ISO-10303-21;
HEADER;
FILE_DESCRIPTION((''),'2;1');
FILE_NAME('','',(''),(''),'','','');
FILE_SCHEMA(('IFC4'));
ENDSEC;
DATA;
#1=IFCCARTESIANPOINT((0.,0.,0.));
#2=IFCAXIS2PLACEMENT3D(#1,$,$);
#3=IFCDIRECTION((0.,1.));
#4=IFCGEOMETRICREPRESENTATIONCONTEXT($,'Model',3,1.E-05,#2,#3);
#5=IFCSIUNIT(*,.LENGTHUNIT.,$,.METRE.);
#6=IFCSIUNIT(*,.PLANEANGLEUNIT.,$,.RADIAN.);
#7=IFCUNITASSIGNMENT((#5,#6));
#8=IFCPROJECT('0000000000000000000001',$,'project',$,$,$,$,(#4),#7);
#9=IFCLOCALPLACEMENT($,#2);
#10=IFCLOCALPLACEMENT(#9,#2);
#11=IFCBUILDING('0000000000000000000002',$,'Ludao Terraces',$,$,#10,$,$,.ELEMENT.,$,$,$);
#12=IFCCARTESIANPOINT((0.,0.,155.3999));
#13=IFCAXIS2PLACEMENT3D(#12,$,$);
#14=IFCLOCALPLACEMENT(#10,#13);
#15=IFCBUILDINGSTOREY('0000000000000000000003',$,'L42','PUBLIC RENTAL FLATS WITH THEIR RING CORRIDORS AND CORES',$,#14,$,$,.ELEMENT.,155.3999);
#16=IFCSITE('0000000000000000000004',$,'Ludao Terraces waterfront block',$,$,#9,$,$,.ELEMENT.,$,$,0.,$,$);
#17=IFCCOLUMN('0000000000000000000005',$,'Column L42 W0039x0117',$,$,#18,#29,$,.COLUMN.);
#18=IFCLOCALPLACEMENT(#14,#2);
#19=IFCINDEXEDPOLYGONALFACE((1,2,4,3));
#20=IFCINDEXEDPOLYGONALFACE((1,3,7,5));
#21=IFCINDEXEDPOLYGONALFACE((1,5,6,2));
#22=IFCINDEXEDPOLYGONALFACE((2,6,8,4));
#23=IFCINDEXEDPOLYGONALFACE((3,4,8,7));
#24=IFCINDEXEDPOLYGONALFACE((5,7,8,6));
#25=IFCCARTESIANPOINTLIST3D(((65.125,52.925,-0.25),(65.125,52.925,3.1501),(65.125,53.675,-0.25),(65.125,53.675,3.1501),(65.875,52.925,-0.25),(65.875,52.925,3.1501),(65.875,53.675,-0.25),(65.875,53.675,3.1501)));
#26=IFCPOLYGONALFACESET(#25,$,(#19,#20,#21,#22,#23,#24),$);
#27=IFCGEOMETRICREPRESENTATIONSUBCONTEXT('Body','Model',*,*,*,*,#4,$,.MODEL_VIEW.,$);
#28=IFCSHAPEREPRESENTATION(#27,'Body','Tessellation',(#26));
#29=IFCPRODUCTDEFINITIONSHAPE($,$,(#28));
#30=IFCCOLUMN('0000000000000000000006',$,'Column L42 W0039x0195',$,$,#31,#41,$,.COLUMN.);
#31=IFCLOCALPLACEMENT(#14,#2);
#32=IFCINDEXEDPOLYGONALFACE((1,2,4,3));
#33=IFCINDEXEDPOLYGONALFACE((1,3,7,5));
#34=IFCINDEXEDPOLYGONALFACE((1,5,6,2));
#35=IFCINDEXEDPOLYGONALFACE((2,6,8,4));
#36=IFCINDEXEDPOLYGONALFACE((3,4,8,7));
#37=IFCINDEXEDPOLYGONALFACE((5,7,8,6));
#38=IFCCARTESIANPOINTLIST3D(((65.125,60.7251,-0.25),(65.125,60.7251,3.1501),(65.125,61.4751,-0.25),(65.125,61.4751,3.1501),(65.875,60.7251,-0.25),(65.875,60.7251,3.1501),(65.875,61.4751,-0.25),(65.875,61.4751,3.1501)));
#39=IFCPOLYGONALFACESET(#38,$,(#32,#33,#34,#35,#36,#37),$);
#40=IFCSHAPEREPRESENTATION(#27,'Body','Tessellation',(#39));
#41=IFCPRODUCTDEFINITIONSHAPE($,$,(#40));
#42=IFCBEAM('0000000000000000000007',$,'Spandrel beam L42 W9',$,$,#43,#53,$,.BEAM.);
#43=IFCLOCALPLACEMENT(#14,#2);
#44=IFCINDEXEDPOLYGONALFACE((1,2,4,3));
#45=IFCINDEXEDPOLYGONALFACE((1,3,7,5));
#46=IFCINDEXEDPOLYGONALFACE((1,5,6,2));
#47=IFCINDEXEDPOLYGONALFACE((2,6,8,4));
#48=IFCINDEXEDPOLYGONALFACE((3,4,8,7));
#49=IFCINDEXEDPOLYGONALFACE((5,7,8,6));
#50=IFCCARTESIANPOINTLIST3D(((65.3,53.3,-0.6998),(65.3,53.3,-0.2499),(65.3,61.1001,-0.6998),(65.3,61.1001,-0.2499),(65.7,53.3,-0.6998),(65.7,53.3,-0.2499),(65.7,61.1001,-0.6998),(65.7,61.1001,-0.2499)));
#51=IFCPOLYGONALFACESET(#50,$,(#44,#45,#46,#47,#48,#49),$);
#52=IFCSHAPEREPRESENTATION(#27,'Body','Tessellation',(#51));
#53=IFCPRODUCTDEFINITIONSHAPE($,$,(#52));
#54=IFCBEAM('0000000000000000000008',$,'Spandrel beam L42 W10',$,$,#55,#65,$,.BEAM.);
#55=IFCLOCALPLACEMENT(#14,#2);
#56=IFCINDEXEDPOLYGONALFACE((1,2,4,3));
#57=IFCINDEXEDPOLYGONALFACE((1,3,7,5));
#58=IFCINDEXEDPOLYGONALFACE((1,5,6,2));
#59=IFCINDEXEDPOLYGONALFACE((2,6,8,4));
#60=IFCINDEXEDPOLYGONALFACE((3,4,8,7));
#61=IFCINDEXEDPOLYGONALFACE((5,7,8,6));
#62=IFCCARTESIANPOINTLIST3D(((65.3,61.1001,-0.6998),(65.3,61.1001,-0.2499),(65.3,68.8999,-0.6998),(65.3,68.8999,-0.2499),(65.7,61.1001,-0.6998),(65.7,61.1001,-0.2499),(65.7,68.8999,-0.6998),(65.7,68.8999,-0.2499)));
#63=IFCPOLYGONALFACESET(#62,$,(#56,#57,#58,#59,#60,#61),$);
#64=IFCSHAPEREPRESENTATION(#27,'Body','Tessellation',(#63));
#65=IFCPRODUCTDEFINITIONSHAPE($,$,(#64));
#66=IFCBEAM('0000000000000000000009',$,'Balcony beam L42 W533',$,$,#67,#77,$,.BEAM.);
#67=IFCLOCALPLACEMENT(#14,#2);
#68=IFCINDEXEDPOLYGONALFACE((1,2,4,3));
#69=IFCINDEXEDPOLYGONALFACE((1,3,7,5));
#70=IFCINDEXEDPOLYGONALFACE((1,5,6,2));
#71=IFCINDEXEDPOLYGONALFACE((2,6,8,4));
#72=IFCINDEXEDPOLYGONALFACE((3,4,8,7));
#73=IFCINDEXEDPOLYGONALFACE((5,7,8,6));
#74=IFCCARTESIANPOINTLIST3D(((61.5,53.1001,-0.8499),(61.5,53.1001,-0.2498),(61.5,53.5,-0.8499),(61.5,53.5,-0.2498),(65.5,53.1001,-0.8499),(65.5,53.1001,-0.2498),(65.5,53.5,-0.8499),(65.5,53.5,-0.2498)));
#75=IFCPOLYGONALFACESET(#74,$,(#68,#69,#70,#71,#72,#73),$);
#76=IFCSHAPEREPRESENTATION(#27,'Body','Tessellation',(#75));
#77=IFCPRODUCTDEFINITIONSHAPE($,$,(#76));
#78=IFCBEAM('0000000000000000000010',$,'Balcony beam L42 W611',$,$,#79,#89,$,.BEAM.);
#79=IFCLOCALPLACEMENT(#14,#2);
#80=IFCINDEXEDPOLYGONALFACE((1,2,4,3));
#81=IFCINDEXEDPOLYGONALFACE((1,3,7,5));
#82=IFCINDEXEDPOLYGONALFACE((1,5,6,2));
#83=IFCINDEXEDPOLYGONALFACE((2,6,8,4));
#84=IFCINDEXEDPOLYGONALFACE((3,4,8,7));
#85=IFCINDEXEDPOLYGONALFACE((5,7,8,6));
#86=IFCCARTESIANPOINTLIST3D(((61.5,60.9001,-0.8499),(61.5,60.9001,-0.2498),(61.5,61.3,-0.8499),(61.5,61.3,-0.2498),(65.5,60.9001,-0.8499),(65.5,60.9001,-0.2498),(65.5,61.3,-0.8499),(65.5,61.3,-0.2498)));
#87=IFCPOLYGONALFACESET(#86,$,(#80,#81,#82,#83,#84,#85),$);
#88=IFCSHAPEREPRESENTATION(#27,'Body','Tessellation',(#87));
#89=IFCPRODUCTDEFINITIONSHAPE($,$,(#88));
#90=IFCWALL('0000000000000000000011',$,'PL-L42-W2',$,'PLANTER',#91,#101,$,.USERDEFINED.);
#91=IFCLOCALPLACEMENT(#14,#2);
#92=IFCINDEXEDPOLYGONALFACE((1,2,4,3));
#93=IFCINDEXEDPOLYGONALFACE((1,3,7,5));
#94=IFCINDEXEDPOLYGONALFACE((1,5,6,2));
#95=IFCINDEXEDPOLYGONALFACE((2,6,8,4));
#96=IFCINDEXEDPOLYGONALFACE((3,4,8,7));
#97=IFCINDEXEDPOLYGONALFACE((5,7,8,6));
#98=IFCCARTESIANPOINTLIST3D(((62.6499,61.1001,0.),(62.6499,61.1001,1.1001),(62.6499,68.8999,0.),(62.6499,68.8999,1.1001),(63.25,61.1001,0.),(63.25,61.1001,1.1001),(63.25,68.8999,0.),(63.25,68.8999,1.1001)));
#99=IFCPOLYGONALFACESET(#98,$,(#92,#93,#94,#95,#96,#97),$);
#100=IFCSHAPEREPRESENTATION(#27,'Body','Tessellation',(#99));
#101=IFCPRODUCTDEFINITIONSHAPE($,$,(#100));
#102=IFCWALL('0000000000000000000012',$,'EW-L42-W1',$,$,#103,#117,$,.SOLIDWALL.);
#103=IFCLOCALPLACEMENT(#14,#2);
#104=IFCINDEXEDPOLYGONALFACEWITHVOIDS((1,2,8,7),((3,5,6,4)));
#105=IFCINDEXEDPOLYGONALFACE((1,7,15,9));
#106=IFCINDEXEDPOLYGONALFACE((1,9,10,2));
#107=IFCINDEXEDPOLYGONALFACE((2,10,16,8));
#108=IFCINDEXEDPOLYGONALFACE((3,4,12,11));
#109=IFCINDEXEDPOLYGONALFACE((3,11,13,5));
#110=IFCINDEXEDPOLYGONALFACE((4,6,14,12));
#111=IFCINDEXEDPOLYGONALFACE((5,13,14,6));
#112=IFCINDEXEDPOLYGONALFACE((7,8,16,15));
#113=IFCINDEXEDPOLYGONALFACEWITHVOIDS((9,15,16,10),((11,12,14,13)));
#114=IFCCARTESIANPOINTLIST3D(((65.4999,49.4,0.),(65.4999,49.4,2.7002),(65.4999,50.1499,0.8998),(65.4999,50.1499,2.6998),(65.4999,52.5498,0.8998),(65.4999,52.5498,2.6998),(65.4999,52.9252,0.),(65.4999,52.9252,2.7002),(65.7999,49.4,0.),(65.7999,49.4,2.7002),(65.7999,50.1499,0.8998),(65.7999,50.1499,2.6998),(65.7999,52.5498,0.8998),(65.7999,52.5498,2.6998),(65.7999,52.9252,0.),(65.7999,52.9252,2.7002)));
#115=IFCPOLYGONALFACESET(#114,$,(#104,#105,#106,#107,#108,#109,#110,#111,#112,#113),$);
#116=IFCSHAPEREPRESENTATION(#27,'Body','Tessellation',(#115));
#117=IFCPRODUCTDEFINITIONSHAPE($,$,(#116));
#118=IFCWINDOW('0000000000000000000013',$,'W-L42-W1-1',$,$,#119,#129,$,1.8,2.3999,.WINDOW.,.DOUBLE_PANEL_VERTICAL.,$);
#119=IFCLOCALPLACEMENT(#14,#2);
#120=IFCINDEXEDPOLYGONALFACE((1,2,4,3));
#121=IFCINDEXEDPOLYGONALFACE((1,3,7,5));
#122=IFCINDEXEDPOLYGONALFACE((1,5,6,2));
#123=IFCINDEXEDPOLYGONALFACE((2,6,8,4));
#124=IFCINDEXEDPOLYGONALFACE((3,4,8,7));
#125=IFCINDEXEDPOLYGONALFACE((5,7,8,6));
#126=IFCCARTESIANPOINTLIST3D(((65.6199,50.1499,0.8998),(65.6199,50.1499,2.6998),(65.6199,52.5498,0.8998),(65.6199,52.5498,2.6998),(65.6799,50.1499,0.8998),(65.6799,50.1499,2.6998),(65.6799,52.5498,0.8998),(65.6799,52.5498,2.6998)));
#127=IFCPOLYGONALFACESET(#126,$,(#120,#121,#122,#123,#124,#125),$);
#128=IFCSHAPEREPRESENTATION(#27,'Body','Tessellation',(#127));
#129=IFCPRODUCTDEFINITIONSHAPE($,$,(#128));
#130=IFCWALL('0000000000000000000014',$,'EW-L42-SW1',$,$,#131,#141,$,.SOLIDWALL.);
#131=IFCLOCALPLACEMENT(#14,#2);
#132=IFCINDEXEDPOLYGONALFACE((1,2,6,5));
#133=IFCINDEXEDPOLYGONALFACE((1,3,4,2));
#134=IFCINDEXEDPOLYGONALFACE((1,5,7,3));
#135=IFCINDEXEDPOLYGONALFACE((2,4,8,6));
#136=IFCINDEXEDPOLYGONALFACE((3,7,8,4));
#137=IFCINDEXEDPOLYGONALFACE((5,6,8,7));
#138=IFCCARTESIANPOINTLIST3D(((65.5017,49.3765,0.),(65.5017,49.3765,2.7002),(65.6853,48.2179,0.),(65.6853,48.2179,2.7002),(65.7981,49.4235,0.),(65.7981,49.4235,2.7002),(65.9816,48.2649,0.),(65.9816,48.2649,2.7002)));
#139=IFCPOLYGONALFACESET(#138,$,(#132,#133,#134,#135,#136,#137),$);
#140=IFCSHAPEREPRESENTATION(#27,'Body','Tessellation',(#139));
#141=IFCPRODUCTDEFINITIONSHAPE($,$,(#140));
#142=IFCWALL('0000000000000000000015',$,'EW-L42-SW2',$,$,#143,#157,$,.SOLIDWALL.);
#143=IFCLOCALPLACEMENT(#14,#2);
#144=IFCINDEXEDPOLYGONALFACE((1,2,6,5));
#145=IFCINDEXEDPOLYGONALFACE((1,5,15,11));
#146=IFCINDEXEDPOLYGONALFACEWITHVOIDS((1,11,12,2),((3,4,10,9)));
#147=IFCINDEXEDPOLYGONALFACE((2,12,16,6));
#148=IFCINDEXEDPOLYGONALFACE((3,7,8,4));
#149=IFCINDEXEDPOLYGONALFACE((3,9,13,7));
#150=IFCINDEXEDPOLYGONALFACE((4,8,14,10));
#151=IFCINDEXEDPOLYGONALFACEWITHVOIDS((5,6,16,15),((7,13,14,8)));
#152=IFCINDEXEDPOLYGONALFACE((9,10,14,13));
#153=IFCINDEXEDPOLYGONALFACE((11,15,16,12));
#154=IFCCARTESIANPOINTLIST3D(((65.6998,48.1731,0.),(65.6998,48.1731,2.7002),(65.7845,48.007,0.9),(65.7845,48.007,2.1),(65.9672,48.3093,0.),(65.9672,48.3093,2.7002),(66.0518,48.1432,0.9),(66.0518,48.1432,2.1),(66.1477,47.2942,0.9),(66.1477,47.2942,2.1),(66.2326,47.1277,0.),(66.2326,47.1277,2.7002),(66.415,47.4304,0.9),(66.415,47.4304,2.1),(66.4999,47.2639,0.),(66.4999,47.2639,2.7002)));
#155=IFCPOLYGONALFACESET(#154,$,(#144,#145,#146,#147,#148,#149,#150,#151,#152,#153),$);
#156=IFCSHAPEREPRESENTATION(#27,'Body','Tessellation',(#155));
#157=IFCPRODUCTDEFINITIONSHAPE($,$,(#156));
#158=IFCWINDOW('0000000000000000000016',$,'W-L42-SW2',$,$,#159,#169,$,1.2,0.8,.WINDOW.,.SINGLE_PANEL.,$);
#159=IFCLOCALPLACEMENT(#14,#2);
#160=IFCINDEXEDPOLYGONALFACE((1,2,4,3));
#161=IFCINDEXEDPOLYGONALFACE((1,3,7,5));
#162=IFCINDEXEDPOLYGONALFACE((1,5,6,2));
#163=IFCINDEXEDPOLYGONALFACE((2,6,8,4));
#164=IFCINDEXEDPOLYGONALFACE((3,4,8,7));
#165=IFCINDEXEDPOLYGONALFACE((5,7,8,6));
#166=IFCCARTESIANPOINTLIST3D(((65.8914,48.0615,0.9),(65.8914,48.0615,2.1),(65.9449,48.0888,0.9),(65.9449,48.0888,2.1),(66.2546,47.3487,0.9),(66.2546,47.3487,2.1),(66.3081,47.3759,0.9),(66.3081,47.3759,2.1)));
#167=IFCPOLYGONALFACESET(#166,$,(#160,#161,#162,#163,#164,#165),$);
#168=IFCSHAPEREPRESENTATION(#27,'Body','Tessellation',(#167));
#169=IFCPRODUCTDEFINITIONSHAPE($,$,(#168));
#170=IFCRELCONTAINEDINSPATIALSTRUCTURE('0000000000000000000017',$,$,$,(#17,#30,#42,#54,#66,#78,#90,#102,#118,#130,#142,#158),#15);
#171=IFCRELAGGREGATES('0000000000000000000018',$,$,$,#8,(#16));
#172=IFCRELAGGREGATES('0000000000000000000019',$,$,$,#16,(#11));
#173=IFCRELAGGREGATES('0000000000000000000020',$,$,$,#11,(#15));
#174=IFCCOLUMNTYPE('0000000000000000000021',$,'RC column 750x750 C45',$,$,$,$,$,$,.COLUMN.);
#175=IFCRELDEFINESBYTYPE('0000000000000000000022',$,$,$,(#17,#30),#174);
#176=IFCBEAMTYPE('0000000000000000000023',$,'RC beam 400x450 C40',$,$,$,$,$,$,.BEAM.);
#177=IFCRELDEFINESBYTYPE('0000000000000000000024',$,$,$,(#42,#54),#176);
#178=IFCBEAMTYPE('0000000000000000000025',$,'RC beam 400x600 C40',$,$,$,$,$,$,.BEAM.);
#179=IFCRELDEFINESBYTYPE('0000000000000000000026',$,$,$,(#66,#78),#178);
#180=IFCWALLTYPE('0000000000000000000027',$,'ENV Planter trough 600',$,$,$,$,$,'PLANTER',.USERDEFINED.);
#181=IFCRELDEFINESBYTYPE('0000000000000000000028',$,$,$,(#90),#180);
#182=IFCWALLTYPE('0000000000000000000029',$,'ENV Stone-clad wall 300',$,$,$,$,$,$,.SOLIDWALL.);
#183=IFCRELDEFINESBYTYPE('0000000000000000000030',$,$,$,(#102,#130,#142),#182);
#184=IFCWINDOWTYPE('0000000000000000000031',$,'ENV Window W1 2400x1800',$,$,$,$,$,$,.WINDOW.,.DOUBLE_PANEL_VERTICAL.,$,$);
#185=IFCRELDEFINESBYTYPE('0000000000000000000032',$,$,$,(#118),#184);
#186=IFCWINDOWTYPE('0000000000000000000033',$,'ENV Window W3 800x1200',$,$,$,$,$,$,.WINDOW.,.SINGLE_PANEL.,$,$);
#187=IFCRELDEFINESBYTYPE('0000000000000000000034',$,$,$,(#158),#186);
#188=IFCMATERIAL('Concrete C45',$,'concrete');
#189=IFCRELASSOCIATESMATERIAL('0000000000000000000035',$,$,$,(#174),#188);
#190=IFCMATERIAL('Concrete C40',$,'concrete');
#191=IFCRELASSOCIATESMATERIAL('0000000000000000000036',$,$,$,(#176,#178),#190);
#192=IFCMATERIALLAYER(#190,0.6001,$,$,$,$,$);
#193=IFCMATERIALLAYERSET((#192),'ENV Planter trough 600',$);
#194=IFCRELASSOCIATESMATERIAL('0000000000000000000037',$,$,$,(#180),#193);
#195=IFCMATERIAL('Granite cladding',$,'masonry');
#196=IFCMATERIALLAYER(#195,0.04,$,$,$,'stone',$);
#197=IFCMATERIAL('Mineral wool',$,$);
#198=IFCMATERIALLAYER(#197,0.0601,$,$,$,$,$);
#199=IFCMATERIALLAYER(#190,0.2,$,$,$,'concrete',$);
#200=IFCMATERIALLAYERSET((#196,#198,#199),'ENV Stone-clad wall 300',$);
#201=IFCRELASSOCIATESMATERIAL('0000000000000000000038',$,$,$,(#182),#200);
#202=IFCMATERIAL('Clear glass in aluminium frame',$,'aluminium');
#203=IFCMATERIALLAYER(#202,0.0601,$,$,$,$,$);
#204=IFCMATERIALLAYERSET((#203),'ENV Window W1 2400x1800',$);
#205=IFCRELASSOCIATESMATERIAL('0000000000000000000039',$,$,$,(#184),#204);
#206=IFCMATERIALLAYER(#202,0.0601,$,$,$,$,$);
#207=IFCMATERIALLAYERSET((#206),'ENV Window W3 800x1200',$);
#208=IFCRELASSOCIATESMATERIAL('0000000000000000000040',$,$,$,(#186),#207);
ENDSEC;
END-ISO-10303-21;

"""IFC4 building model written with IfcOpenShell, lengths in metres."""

from ifc_helpers import new_model, si_unit, direction, frame, frame_2d, origin, origin_2d, place, context, subcontext, project, spatial, rectangle, extrude, material, layer, layer_set, material_profile, profile_set, type_object, element, fill, save


model = new_model("IFC4")

# Units and contexts
model_context = context("Model", 3, precision=1e-05, world=origin(), true_north=direction((0.0, 1.0)))
body_context = subcontext(model_context, "Body", "Model", "MODEL_VIEW")
ifc_project = project(units=[si_unit("LENGTHUNIT", "METRE"), si_unit("PLANEANGLEUNIT", "RADIAN")], contexts=[model_context])

# Site, building, storey
site_placement = place(None, origin())
site = spatial("IfcSite", under=ifc_project, at=site_placement, Name="Ludao Terraces waterfront block", CompositionType="ELEMENT", RefElevation=0.0)
building_placement = place(site_placement, origin())
building = spatial("IfcBuilding", under=site, at=building_placement, Name="Ludao Terraces", CompositionType="ELEMENT")
storey_placement = place(building_placement, frame((0.0, 0.0, 155.3999)))
storey = spatial("IfcBuildingStorey", under=building, at=storey_placement, Name="L42", Description="PUBLIC RENTAL FLATS WITH THEIR RING CORRIDORS AND CORES", CompositionType="ELEMENT", Elevation=155.3999)

# Columns
ifc_material_1 = material(Name="Concrete C45", Category="concrete")
ifc_material_profile_1 = material_profile(ifc_material_1, rectangle(XDim=0.75, YDim=0.75, at=origin_2d()), Name="750 X 750")
ifc_profile_set_1 = profile_set([ifc_material_profile_1], Name="Concrete C45")
column_type = type_object("IfcColumnType", Name="RC column 750x750 C45", PredefinedType="COLUMN", material=ifc_profile_set_1)
for number, where, z_axis, x_axis, name in (
    (1, (65.5, 53.3, -0.25), (0.0, 0.0, 1.0), (1.0, 0.0, 0.0), "Column L42 W0039x0117"),
    (2, (65.5, 61.1001, -0.25), (0.0, 0.0, 1.0), (1.0, 0.0, 0.0), "Column L42 W0039x0195"),
):
    element("IfcColumn", number, at=place(storey_placement, frame(where, z_axis=z_axis, x_axis=x_axis)), inside=storey, type_object=column_type, Name=name, PredefinedType="COLUMN", context=body_context, shape_type="SweptSolid", body=[
        extrude(rectangle(XDim=0.75, YDim=0.75, at=origin_2d()), origin(), (0.0, 0.0, 1.0), 3.4001),
    ])

# Beams
ifc_material_2 = material(Name="Concrete C40", Category="concrete")
ifc_material_profile_2 = material_profile(ifc_material_2, rectangle(XDim=0.3999, YDim=0.45, at=origin_2d()), Name="400 X 450")
ifc_profile_set_2 = profile_set([ifc_material_profile_2], Name="Concrete C40")
beam_type_1 = type_object("IfcBeamType", Name="RC beam 400x450 C40", PredefinedType="BEAM", material=ifc_profile_set_2)
beam_1_placement = place(storey_placement, frame((65.5, 53.3, -0.4749), z_axis=(0.0, 1.0, 0.0), x_axis=(-1.0, 0.0, 0.0)))
element("IfcBeam", 3, at=beam_1_placement, inside=storey, type_object=beam_type_1, Name="Spandrel beam L42 W9", PredefinedType="BEAM", context=body_context, shape_type="SweptSolid", body=[
    extrude(rectangle(XDim=0.3999, YDim=0.45, at=origin_2d()), origin(), (0.0, 0.0, 1.0), 7.8),
])
beam_2_placement = place(storey_placement, frame((65.5, 61.1001, -0.4749), z_axis=(0.0, 1.0, 0.0), x_axis=(-1.0, 0.0, 0.0)))
element("IfcBeam", 4, at=beam_2_placement, inside=storey, type_object=beam_type_1, Name="Spandrel beam L42 W10", PredefinedType="BEAM", context=body_context, shape_type="SweptSolid", body=[
    extrude(rectangle(XDim=0.3999, YDim=0.45, at=origin_2d()), origin(), (0.0, 0.0, 1.0), 7.7998),
])
ifc_material_profile_3 = material_profile(ifc_material_2, rectangle(XDim=0.3999, YDim=0.6001, at=origin_2d()), Name="400 X 600")
ifc_profile_set_3 = profile_set([ifc_material_profile_3], Name="Concrete C40")
beam_type_2 = type_object("IfcBeamType", Name="RC beam 400x600 C40", PredefinedType="BEAM", material=ifc_profile_set_3)
for number, where, z_axis, x_axis, name in (
    (5, (65.5, 53.3, -0.5498), (-1.0, 0.0, 0.0), (0.0, -1.0, 0.0), "Balcony beam L42 W533"),
    (6, (65.5, 61.1001, -0.5498), (-1.0, 0.0, 0.0), (0.0, -1.0, 0.0), "Balcony beam L42 W611"),
):
    element("IfcBeam", number, at=place(storey_placement, frame(where, z_axis=z_axis, x_axis=x_axis)), inside=storey, type_object=beam_type_2, Name=name, PredefinedType="BEAM", context=body_context, shape_type="SweptSolid", body=[
        extrude(rectangle(XDim=0.3999, YDim=0.6001, at=origin_2d()), origin(), (0.0, 0.0, 1.0), 4.0),
    ])

# Wall
ifc_layer_1 = layer(ifc_material_2, 0.6001)
ifc_layer_set_1 = layer_set([ifc_layer_1], Name="ENV Planter trough 600")
wall_type_1 = type_object("IfcWallType", Name="ENV Planter trough 600", ElementType="PLANTER", PredefinedType="USERDEFINED", material=ifc_layer_set_1)
wall_1_placement = place(storey_placement, frame((62.95, 61.1001, 0.0), z_axis=(0.0, 0.0, 1.0), x_axis=(0.0, 1.0, 0.0)))
element("IfcWall", 7, at=wall_1_placement, inside=storey, type_object=wall_type_1, Name="PL-L42-W2", ObjectType="PLANTER", PredefinedType="USERDEFINED", context=body_context, shape_type="SweptSolid", body=[
    extrude(rectangle(XDim=7.7998, YDim=0.6001, at=frame_2d((3.8999, 0.0))), origin(), (0.0, 0.0, 1.0), 1.1001),
])

# Wall, opening, window
ifc_material_3 = material(Name="Granite cladding", Category="masonry")
ifc_layer_2 = layer(ifc_material_3, 0.04, Category="stone")
ifc_material_4 = material(Name="Mineral wool")
ifc_layer_3 = layer(ifc_material_4, 0.0601)
ifc_layer_4 = layer(ifc_material_2, 0.2, Category="concrete")
ifc_layer_set_2 = layer_set([ifc_layer_2, ifc_layer_3, ifc_layer_4], Name="ENV Stone-clad wall 300")
wall_type_2 = type_object("IfcWallType", Name="ENV Stone-clad wall 300", PredefinedType="SOLIDWALL", material=ifc_layer_set_2)
wall_2_placement = place(storey_placement, frame((65.6499, 49.3999, 0.0), z_axis=(0.0, 0.0, 1.0), x_axis=(0.0, 1.0, 0.0)))
wall_2 = element("IfcWall", 8, at=wall_2_placement, inside=storey, type_object=wall_type_2, Name="EW-L42-W1", PredefinedType="SOLIDWALL", context=body_context, shape_type="SweptSolid", body=[
    extrude(rectangle(XDim=3.5251, YDim=0.3, at=frame_2d((1.7627, 0.0))), origin(), (0.0, 0.0, 1.0), 2.7002),
])
opening_1_placement = place(wall_2_placement, frame((0.75, 0.0, 0.8999)))
opening_1 = element("IfcOpeningElement", 9, at=opening_1_placement, cuts=wall_2, PredefinedType="OPENING", context=body_context, shape_type="SweptSolid", body=[
    extrude(rectangle(XDim=2.3999, YDim=1.8, at=frame_2d((1.2, 0.8999))), frame((0.0, 0.1602, 0.0), z_axis=(0.0, -1.0, 0.0), x_axis=(1.0, 0.0, 0.0)), (0.0, 0.0, 1.0), 0.3201),
])
ifc_material_5 = material(Name="Clear glass in aluminium frame", Category="aluminium")
ifc_layer_5 = layer(ifc_material_5, 0.0601)
ifc_layer_set_3 = layer_set([ifc_layer_5], Name="ENV Window W1 2400x1800")
window_type_1 = type_object("IfcWindowType", Name="ENV Window W1 2400x1800", PartitioningType="DOUBLE_PANEL_VERTICAL", PredefinedType="WINDOW", material=ifc_layer_set_3)
window_1_placement = place(opening_1_placement, origin())
window_1 = element("IfcWindow", 10, at=window_1_placement, inside=storey, type_object=window_type_1, Name="W-L42-W1-1", OverallHeight=1.8, OverallWidth=2.3999, PartitioningType="DOUBLE_PANEL_VERTICAL", PredefinedType="WINDOW", context=body_context, shape_type="SweptSolid", body=[
    extrude(rectangle(XDim=2.3999, YDim=1.8, at=frame_2d((1.2, 0.8999))), frame((0.0, 0.03, 0.0), z_axis=(0.0, -1.0, 0.0), x_axis=(1.0, 0.0, 0.0)), (0.0, 0.0, 1.0), 0.0601),
])
fill(opening_1, window_1)

# Wall
wall_3_placement = place(storey_placement, frame((65.6499, 49.3999, 0.0), z_axis=(0.0, 0.0, 1.0), x_axis=(0.156497, -0.987678, 0.0)))
element("IfcWall", 11, at=wall_3_placement, inside=storey, type_object=wall_type_2, Name="EW-L42-SW1", PredefinedType="SOLIDWALL", context=body_context, shape_type="SweptSolid", body=[
    extrude(rectangle(XDim=1.1731, YDim=0.3, at=frame_2d((0.5864, 0.0))), origin(), (0.0, 0.0, 1.0), 2.7002),
])

# Wall, opening, window
wall_4_placement = place(storey_placement, frame((65.8335, 48.2412, 0.0), z_axis=(0.0, 0.0, 1.0), x_axis=(0.454026, -0.890989, 0.0)))
wall_4 = element("IfcWall", 12, at=wall_4_placement, inside=storey, type_object=wall_type_2, Name="EW-L42-SW2", PredefinedType="SOLIDWALL", context=body_context, shape_type="SweptSolid", body=[
    extrude(rectangle(XDim=1.1733, YDim=0.3, at=frame_2d((0.5867, 0.0))), origin(), (0.0, 0.0, 1.0), 2.7002),
])
opening_2_placement = place(wall_4_placement, frame((0.1865, 0.0, 0.8999)))
opening_2 = element("IfcOpeningElement", 13, at=opening_2_placement, cuts=wall_4, PredefinedType="OPENING", context=body_context, shape_type="SweptSolid", body=[
    extrude(rectangle(XDim=0.8, YDim=1.2, at=frame_2d((0.3999, 0.6001))), frame((0.0, 0.1602, 0.0), z_axis=(0.0, -1.0, 0.0), x_axis=(1.0, 0.0, 0.0)), (0.0, 0.0, 1.0), 0.3201),
])
ifc_layer_6 = layer(ifc_material_5, 0.0601)
ifc_layer_set_4 = layer_set([ifc_layer_6], Name="ENV Window W3 800x1200")
window_type_2 = type_object("IfcWindowType", Name="ENV Window W3 800x1200", PartitioningType="SINGLE_PANEL", PredefinedType="WINDOW", material=ifc_layer_set_4)
window_2_placement = place(opening_2_placement, origin())
window_2 = element("IfcWindow", 14, at=window_2_placement, inside=storey, type_object=window_type_2, Name="W-L42-SW2", OverallHeight=1.2, OverallWidth=0.8, PartitioningType="SINGLE_PANEL", PredefinedType="WINDOW", context=body_context, shape_type="SweptSolid", body=[
    extrude(rectangle(XDim=0.8, YDim=1.2, at=frame_2d((0.3999, 0.6001))), frame((0.0, 0.03, 0.0), z_axis=(0.0, -1.0, 0.0), x_axis=(1.0, 0.0, 0.0)), (0.0, 0.0, 1.0), 0.0601),
])
fill(opening_2, window_2)

save(model, "model.ifc")
